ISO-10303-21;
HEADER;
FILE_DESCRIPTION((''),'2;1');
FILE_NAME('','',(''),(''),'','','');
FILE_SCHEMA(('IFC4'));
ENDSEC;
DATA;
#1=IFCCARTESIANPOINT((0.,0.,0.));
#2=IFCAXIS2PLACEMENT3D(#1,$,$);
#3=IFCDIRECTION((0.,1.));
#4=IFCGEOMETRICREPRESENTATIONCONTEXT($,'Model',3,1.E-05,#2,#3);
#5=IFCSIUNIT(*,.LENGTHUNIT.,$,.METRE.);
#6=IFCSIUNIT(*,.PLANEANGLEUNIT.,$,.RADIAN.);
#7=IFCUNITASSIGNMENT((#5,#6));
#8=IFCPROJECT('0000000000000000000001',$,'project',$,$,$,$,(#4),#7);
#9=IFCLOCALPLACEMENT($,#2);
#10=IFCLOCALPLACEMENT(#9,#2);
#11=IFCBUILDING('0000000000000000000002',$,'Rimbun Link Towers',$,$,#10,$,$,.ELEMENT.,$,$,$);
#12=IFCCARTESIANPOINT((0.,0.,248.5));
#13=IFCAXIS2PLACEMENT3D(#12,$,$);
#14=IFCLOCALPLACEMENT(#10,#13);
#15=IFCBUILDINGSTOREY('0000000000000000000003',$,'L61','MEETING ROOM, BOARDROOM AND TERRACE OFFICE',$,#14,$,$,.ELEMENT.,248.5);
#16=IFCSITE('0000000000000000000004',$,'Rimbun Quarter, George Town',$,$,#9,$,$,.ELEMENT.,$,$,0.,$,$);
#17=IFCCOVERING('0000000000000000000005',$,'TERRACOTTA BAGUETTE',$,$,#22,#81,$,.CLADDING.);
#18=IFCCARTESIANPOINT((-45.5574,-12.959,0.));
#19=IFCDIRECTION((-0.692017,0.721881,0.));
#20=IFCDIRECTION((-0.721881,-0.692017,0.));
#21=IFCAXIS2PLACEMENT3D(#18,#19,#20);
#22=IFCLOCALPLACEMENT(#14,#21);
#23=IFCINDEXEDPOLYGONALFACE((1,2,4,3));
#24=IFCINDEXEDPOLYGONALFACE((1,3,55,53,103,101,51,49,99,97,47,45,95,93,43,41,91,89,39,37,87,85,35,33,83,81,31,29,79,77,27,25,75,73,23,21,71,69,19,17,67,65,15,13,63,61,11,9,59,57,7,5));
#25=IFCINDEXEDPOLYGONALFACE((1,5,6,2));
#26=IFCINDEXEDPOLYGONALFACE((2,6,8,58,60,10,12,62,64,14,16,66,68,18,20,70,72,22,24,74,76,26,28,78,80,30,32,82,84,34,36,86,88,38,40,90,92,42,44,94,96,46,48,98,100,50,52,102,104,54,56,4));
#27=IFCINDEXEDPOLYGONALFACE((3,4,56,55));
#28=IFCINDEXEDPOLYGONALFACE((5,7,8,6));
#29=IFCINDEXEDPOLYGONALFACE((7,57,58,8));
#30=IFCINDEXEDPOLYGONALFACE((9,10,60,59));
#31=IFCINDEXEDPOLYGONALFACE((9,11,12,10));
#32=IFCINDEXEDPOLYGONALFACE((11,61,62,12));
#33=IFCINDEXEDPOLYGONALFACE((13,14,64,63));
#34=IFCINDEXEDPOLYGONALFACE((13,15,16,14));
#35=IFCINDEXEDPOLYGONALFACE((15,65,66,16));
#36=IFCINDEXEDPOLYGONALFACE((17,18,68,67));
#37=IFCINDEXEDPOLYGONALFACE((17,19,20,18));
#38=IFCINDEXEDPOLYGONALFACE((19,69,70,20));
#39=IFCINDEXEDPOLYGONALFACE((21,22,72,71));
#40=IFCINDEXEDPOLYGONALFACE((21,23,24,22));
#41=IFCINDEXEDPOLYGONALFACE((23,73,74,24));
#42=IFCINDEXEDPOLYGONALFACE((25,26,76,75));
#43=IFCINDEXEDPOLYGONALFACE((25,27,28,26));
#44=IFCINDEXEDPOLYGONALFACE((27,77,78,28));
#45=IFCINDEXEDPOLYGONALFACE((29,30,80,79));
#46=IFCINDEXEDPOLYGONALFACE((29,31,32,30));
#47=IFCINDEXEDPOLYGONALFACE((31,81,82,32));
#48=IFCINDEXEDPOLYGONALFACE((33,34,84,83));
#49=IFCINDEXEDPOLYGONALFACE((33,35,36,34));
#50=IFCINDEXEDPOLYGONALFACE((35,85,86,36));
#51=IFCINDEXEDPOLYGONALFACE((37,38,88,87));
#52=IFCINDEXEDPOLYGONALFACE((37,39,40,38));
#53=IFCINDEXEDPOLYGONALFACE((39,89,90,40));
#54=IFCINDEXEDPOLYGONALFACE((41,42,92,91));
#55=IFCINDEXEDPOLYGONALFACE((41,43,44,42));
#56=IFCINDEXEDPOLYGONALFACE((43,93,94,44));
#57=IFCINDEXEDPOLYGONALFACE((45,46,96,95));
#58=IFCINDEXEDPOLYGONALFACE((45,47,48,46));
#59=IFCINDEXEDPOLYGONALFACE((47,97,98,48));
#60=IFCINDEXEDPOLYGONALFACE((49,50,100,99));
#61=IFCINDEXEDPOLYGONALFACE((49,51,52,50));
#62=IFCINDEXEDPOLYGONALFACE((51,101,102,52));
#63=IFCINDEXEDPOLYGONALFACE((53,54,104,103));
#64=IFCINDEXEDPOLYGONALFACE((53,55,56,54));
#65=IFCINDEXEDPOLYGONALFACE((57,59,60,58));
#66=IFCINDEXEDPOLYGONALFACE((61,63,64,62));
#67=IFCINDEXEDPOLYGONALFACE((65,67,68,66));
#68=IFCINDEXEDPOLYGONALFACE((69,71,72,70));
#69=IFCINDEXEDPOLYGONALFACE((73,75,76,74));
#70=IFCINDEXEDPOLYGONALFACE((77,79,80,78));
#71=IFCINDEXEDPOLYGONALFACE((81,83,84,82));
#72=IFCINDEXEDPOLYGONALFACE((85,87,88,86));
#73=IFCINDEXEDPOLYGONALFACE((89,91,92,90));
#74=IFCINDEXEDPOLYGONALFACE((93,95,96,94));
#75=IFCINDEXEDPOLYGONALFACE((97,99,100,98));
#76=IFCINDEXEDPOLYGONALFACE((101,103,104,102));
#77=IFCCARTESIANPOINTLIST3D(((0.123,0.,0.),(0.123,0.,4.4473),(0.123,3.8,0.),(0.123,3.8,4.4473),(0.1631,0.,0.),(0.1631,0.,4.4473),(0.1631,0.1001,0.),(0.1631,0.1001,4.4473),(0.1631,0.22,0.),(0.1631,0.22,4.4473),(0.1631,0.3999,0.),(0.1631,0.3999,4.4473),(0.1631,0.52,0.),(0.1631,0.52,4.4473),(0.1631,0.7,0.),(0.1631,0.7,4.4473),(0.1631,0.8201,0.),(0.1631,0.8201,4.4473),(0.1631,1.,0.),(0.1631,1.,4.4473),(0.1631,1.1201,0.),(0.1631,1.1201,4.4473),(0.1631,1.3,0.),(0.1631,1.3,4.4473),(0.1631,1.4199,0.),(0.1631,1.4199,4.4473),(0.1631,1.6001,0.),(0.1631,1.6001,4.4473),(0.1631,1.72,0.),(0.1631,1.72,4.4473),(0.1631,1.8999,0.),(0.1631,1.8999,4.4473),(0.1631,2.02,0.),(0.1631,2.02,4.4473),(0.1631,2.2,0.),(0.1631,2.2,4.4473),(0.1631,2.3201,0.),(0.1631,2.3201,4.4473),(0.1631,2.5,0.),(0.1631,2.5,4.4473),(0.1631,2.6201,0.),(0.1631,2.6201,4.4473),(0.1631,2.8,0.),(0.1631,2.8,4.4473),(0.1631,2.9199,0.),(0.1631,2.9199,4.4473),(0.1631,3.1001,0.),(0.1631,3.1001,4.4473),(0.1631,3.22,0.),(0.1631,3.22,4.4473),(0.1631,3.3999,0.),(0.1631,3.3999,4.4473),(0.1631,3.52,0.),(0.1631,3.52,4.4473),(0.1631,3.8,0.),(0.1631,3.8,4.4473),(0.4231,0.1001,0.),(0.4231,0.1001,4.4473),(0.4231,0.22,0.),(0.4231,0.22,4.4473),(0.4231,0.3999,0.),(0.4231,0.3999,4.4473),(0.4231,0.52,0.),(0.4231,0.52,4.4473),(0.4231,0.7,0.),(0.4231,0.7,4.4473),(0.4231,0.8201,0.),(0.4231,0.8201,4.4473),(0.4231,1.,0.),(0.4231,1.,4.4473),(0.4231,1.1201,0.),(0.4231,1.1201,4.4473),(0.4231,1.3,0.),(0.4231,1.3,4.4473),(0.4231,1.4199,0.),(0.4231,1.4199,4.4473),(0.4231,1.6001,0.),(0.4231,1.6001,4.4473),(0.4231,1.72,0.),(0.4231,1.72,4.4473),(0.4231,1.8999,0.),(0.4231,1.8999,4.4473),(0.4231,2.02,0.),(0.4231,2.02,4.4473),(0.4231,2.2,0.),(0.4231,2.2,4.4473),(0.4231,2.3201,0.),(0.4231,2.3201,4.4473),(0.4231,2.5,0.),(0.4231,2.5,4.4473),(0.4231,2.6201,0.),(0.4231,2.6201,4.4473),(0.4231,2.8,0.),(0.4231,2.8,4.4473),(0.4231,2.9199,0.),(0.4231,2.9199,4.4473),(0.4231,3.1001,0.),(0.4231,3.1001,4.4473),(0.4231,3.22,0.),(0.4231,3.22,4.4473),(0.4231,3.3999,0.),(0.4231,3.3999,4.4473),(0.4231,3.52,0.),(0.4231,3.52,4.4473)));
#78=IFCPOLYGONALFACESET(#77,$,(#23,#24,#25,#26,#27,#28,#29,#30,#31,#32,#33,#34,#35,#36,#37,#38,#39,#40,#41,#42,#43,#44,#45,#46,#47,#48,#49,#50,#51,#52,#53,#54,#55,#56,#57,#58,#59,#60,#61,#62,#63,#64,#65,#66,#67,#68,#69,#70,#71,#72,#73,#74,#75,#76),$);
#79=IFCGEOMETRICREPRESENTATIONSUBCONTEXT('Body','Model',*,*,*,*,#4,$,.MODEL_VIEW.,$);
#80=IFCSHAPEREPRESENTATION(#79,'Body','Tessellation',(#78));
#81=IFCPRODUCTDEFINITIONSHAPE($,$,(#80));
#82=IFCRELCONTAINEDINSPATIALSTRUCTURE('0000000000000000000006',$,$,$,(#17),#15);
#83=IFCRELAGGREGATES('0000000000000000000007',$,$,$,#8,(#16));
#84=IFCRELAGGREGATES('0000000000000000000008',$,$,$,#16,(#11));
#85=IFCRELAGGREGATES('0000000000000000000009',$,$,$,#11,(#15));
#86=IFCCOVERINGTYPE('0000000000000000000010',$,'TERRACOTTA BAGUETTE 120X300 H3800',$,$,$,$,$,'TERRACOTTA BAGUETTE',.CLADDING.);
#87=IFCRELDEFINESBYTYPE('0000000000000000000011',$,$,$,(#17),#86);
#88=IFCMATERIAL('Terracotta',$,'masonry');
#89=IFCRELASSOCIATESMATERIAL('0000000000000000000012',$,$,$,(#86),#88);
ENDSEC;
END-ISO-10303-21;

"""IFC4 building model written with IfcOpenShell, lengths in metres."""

from ifc_helpers import new_model, si_unit, direction, frame, origin, place, context, subcontext, project, spatial, polyline, outline, extrude, material, material_profile, profile_set, type_object, element, save


model = new_model("IFC4")

# Units and contexts
model_context = context("Model", 3, precision=1e-05, world=origin(), true_north=direction((0.0, 1.0)))
body_context = subcontext(model_context, "Body", "Model", "MODEL_VIEW")
ifc_project = project(units=[si_unit("LENGTHUNIT", "METRE"), si_unit("PLANEANGLEUNIT", "RADIAN")], contexts=[model_context])

# Site, building, storey
site_placement = place(None, origin())
site = spatial("IfcSite", under=ifc_project, at=site_placement, Name="Rimbun Quarter, George Town", CompositionType="ELEMENT", RefElevation=0.0)
building_placement = place(site_placement, origin())
building = spatial("IfcBuilding", under=site, at=building_placement, Name="Rimbun Link Towers", CompositionType="ELEMENT")
storey_placement = place(building_placement, frame((0.0, 0.0, 248.5)))
storey = spatial("IfcBuildingStorey", under=building, at=storey_placement, Name="L61", Description="MEETING ROOM, BOARDROOM AND TERRACE OFFICE", CompositionType="ELEMENT", Elevation=248.5)

# Covering
ifc_material_1 = material(Name="Terracotta", Category="masonry")
ifc_material_profile_1 = material_profile(ifc_material_1, outline(polyline([(0.123, 0.0), (0.1631, 0.0), (0.1631, 0.1001), (0.4231, 0.1001), (0.4231, 0.22), (0.1631, 0.22), (0.1631, 0.3999), (0.4231, 0.3999), (0.4231, 0.52), (0.1631, 0.52), (0.1631, 0.7), (0.4231, 0.7), (0.4231, 0.8201), (0.1631, 0.8201), (0.1631, 1.0), (0.4231, 1.0), (0.4231, 1.1201), (0.1631, 1.1201), (0.1631, 1.3), (0.4231, 1.3), (0.4231, 1.4199), (0.1631, 1.4199), (0.1631, 1.6001), (0.4231, 1.6001), (0.4231, 1.72), (0.1631, 1.72), (0.1631, 1.8999), (0.4231, 1.8999), (0.4231, 2.02), (0.1631, 2.02), (0.1631, 2.2), (0.4231, 2.2), (0.4231, 2.3201), (0.1631, 2.3201), (0.1631, 2.5), (0.4231, 2.5), (0.4231, 2.6201), (0.1631, 2.6201), (0.1631, 2.8), (0.4231, 2.8), (0.4231, 2.9199), (0.1631, 2.9199), (0.1631, 3.1001), (0.4231, 3.1001), (0.4231, 3.22), (0.1631, 3.22), (0.1631, 3.3999), (0.4231, 3.3999), (0.4231, 3.52), (0.1631, 3.52), (0.1631, 3.8), (0.123, 3.8), (0.123, 0.0)])), Name="BAGUETTE 120X300")
ifc_profile_set_1 = profile_set([ifc_material_profile_1], Name="Terracotta")
covering_type = type_object("IfcCoveringType", Name="TERRACOTTA BAGUETTE 120X300 H3800", ElementType="TERRACOTTA BAGUETTE", PredefinedType="CLADDING", material=ifc_profile_set_1)
covering_1_placement = place(storey_placement, frame((-45.5574, -12.959, 0.0), z_axis=(-0.692017, 0.721881, 0.0), x_axis=(-0.721881, -0.692017, 0.0)))
element("IfcCovering", 1, at=covering_1_placement, inside=storey, type_object=covering_type, Name="TERRACOTTA BAGUETTE", PredefinedType="CLADDING", context=body_context, shape_type="SweptSolid", body=[
    extrude(outline(polyline([(0.123, 0.0), (0.1631, 0.0), (0.1631, 0.1001), (0.4231, 0.1001), (0.4231, 0.22), (0.1631, 0.22), (0.1631, 0.3999), (0.4231, 0.3999), (0.4231, 0.52), (0.1631, 0.52), (0.1631, 0.7), (0.4231, 0.7), (0.4231, 0.8201), (0.1631, 0.8201), (0.1631, 1.0), (0.4231, 1.0), (0.4231, 1.1201), (0.1631, 1.1201), (0.1631, 1.3), (0.4231, 1.3), (0.4231, 1.4199), (0.1631, 1.4199), (0.1631, 1.6001), (0.4231, 1.6001), (0.4231, 1.72), (0.1631, 1.72), (0.1631, 1.8999), (0.4231, 1.8999), (0.4231, 2.02), (0.1631, 2.02), (0.1631, 2.2), (0.4231, 2.2), (0.4231, 2.3201), (0.1631, 2.3201), (0.1631, 2.5), (0.4231, 2.5), (0.4231, 2.6201), (0.1631, 2.6201), (0.1631, 2.8), (0.4231, 2.8), (0.4231, 2.9199), (0.1631, 2.9199), (0.1631, 3.1001), (0.4231, 3.1001), (0.4231, 3.22), (0.1631, 3.22), (0.1631, 3.3999), (0.4231, 3.3999), (0.4231, 3.52), (0.1631, 3.52), (0.1631, 3.8), (0.123, 3.8), (0.123, 0.0)])), origin(), (0.0, 0.0, 1.0), 4.4473),
])

save(model, "model.ifc")
